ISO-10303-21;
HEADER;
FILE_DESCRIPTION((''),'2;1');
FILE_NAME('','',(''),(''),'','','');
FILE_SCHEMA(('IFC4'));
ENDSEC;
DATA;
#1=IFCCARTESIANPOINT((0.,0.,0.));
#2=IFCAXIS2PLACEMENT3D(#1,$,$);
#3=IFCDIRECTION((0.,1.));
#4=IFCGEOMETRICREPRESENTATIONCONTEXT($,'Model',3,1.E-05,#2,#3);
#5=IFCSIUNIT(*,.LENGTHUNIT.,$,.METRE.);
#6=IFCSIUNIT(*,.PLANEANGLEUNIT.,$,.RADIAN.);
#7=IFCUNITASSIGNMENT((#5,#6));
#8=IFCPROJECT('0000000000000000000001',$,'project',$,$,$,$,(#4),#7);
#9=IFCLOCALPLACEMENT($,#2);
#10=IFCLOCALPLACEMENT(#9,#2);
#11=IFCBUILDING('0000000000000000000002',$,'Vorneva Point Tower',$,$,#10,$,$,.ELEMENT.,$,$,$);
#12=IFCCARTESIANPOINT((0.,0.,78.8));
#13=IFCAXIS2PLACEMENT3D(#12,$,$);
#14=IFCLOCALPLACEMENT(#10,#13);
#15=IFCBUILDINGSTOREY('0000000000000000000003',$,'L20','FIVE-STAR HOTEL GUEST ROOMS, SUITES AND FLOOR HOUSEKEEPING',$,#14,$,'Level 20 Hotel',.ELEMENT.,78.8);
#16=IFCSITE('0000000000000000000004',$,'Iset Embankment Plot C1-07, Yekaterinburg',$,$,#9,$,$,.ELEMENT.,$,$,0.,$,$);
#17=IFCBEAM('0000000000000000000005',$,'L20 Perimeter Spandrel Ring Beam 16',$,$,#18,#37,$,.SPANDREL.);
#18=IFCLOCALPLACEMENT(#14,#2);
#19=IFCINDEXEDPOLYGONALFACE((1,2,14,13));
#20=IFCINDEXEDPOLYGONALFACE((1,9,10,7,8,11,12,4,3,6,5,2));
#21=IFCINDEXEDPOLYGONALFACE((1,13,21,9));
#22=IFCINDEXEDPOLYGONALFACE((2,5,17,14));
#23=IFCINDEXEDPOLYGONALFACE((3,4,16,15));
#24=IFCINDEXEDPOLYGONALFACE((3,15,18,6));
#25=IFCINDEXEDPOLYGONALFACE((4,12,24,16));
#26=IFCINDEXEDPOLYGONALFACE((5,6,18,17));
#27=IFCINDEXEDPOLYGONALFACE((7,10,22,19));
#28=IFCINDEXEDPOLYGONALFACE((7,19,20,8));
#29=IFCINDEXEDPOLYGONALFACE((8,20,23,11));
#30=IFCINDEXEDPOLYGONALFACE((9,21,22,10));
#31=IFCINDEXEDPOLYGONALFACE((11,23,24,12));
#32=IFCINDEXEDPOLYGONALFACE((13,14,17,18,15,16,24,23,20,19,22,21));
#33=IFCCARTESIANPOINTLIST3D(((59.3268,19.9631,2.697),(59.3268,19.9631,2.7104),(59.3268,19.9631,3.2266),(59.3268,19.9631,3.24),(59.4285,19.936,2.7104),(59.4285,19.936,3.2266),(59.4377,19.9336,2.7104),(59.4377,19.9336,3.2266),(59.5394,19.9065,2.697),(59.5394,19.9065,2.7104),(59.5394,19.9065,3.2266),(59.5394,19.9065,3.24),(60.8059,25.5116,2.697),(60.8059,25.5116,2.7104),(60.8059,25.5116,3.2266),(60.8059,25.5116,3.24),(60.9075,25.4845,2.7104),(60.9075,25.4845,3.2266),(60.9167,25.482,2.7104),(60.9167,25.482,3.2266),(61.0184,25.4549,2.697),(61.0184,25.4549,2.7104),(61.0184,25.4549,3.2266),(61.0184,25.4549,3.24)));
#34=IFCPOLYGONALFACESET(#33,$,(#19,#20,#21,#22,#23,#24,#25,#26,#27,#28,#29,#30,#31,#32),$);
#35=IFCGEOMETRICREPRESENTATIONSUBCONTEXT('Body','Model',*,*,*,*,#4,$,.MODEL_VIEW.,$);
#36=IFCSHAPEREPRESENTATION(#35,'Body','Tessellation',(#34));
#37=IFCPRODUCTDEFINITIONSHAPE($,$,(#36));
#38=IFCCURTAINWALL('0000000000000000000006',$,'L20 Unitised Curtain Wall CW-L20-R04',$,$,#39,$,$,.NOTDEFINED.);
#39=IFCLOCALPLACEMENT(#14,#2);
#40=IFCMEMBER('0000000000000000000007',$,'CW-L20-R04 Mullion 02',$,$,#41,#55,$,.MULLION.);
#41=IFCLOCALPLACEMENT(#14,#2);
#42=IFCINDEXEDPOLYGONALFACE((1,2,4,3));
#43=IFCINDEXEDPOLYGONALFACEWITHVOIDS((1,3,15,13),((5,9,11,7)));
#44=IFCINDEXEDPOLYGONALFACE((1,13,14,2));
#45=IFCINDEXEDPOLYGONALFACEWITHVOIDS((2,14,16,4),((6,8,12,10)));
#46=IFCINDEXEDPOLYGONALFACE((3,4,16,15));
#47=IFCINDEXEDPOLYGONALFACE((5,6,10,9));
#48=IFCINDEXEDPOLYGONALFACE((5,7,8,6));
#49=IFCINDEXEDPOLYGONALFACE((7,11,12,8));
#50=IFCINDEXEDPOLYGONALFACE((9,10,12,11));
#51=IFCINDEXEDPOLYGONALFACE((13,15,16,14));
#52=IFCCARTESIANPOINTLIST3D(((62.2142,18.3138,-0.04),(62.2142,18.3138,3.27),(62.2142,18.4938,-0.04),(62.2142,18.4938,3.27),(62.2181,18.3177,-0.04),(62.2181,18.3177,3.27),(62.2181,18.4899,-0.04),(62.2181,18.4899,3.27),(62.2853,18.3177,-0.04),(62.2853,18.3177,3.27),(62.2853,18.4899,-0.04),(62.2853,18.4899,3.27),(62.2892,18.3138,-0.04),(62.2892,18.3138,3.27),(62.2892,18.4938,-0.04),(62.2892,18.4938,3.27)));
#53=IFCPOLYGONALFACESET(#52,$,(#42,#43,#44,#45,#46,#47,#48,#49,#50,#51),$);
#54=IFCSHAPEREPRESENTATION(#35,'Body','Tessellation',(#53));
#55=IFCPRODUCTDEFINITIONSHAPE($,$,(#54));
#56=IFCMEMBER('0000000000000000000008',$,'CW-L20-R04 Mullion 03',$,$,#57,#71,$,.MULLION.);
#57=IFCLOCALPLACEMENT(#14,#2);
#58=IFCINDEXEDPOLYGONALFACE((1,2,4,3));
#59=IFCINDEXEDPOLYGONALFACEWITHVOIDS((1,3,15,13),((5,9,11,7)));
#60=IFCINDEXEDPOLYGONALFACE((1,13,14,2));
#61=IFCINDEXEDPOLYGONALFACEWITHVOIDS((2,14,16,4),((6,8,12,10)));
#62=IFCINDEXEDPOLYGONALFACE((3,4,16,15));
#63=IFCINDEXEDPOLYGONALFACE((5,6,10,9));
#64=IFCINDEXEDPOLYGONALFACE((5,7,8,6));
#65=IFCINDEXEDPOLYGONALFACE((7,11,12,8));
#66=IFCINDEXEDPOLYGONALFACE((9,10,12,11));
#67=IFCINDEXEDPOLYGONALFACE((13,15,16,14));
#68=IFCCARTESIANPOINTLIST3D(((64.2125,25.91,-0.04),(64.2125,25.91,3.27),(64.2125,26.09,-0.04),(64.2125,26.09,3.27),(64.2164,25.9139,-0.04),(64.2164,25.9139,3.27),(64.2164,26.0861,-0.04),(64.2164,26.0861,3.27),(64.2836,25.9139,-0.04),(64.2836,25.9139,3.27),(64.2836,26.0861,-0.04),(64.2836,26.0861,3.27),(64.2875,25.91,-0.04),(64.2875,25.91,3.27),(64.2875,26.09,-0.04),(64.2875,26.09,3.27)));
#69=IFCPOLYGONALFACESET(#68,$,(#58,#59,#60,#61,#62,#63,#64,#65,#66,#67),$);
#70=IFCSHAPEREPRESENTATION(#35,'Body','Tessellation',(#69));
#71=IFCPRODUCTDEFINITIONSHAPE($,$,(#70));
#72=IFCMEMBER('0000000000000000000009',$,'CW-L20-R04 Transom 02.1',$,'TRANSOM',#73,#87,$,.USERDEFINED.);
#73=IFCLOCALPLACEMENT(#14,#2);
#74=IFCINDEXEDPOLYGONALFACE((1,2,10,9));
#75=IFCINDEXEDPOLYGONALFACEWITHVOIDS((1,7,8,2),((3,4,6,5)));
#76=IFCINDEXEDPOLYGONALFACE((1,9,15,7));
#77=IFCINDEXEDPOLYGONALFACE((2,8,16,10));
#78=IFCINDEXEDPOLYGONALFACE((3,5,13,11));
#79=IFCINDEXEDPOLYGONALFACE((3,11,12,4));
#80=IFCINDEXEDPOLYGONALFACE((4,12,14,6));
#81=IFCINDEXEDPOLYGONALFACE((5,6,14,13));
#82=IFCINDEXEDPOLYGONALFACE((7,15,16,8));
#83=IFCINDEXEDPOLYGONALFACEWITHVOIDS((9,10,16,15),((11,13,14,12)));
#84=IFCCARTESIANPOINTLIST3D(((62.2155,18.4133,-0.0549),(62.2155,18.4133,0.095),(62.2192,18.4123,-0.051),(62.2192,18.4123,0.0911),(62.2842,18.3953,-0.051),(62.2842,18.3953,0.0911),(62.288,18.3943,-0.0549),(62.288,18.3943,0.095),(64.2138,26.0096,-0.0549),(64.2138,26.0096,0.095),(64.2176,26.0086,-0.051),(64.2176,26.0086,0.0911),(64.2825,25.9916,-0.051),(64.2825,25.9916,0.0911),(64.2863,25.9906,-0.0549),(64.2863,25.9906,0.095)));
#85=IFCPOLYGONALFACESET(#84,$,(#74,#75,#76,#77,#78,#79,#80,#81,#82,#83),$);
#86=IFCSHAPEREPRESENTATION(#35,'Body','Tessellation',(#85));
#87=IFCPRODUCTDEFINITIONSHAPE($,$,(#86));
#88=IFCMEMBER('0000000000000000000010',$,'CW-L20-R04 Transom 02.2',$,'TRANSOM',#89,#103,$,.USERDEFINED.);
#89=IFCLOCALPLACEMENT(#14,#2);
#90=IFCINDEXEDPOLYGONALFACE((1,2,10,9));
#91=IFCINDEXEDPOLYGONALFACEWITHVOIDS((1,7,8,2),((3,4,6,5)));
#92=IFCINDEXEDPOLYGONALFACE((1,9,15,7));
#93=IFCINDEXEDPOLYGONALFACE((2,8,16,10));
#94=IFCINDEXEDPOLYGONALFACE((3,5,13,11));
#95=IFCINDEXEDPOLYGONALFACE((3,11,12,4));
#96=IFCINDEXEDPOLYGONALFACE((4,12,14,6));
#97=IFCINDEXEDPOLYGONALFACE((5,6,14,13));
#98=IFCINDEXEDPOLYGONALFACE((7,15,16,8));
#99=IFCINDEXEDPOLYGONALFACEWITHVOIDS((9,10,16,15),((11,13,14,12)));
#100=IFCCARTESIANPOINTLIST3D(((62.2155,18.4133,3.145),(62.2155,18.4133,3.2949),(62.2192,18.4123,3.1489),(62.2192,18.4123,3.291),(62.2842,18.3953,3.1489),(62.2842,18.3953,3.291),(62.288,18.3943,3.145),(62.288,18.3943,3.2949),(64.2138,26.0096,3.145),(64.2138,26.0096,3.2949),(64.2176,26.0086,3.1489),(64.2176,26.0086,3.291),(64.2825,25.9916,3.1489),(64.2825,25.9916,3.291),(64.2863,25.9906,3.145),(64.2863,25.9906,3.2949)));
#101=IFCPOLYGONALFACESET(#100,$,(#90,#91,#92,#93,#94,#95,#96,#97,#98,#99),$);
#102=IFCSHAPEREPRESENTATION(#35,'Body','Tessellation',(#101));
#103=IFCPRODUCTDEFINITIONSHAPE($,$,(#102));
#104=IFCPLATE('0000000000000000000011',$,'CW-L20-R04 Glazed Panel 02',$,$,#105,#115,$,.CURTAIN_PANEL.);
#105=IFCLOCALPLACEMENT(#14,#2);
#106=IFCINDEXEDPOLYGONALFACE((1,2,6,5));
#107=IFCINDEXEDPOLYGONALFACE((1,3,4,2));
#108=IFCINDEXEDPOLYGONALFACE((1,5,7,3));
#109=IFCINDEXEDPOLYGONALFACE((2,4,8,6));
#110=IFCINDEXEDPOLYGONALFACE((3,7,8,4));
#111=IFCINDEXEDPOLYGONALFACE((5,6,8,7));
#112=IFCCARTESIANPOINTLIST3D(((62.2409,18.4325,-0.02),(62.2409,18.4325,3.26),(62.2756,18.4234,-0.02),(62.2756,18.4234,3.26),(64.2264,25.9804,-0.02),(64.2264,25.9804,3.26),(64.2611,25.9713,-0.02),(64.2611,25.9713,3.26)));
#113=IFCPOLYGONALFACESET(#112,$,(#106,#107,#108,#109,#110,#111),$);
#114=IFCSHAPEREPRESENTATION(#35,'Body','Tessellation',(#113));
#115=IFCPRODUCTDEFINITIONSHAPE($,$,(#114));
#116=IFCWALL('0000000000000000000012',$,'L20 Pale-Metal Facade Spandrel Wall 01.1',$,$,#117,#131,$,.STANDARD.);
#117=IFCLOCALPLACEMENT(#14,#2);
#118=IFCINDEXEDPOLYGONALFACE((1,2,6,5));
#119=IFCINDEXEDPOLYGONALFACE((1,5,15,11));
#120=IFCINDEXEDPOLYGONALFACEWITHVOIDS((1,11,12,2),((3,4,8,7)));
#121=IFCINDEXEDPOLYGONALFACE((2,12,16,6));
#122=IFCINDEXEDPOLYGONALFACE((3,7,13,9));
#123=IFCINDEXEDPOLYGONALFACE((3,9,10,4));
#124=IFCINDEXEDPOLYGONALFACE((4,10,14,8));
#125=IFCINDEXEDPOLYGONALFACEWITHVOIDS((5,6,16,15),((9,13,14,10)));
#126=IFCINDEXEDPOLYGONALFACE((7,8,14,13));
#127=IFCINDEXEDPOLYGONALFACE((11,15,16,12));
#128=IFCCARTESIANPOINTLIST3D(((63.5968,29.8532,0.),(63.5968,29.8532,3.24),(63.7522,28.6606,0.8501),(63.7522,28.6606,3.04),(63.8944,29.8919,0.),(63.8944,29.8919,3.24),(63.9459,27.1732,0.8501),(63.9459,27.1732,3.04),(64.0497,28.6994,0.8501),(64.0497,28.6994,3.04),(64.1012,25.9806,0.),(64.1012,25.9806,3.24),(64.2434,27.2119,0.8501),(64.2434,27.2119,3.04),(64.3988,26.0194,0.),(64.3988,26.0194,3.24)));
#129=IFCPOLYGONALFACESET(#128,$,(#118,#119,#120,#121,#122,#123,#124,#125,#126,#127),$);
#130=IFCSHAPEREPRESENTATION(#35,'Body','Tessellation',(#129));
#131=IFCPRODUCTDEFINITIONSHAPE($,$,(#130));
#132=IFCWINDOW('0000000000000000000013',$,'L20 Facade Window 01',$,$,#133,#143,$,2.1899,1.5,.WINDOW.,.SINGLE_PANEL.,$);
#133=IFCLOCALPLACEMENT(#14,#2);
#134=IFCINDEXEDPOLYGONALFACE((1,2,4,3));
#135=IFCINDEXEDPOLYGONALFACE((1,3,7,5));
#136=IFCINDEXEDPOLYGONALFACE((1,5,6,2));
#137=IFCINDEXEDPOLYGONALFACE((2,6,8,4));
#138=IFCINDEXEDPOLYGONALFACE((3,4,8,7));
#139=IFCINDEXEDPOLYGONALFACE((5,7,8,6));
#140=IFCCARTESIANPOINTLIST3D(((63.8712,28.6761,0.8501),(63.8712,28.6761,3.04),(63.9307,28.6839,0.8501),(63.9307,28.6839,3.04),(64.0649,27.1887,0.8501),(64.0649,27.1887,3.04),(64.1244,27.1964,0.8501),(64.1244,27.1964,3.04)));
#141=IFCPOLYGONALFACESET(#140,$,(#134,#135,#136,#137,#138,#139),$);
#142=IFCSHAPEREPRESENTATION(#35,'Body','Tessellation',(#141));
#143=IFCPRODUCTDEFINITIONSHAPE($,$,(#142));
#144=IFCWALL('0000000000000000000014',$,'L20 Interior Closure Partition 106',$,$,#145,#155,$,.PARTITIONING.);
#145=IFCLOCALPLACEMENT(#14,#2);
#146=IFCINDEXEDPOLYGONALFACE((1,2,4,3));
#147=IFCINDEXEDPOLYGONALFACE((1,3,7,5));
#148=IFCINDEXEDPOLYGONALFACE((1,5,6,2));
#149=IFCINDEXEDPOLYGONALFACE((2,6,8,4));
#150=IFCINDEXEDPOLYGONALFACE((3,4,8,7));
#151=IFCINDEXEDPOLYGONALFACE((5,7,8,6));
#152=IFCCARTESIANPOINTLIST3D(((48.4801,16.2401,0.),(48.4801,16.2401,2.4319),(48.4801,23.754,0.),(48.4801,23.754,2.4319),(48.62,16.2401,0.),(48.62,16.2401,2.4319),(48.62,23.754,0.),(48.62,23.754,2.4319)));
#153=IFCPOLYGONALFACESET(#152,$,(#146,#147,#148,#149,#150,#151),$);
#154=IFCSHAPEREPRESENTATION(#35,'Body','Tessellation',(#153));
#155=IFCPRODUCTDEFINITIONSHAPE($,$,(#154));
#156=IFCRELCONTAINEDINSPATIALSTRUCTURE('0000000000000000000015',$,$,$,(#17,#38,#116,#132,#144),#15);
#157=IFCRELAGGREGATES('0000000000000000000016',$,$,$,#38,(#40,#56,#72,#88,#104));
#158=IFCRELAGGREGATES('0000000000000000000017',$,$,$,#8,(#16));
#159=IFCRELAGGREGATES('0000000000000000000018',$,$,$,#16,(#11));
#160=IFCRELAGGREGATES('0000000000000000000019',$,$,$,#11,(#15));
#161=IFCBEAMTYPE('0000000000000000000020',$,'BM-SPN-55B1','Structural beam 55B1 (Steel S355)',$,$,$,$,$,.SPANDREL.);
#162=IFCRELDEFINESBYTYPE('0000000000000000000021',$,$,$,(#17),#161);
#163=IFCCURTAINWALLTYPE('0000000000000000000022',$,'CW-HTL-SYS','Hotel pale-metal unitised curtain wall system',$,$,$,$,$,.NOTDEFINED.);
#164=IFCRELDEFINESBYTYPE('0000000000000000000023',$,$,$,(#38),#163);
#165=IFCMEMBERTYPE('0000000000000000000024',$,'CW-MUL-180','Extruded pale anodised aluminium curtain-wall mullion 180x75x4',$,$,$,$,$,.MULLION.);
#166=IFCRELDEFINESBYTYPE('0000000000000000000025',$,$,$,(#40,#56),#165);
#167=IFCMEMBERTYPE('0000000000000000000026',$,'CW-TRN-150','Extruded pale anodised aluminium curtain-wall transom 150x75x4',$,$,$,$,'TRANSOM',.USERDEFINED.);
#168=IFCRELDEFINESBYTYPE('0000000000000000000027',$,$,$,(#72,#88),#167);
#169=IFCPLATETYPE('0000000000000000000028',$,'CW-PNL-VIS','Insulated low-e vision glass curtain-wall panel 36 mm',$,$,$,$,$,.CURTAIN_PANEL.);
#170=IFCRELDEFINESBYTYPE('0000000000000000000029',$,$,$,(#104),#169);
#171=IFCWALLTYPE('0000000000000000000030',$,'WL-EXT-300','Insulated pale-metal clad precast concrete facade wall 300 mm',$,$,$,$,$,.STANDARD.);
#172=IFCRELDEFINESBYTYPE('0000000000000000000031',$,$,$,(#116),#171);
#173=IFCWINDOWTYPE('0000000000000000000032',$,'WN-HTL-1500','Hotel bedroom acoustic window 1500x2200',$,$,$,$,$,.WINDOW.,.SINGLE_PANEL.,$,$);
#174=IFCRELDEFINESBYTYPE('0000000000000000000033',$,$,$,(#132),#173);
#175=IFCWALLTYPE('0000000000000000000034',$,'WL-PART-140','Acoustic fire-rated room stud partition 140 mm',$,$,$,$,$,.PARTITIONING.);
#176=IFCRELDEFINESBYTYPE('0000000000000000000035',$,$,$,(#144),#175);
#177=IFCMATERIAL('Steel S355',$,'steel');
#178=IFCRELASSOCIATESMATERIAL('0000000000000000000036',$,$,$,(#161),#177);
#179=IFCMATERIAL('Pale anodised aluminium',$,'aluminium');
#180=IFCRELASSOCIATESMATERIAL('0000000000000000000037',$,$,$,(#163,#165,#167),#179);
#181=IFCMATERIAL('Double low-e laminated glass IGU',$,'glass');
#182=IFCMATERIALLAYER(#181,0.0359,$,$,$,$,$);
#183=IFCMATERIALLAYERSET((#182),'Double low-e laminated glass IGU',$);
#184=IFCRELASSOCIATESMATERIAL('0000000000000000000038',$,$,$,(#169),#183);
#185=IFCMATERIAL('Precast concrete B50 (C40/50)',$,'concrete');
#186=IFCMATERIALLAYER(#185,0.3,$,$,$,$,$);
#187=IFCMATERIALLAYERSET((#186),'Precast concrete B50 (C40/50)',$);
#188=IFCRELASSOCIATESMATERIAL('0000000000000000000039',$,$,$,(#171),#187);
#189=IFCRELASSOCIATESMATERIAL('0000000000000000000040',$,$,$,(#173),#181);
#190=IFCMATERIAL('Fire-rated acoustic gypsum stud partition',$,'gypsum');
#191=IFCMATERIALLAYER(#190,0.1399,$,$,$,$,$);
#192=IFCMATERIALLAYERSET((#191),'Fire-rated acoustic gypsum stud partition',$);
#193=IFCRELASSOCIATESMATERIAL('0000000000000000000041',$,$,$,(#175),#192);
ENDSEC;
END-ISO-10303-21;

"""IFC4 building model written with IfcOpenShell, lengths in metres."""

from ifc_helpers import new_model, si_unit, direction, frame, frame_2d, origin, origin_2d, place, context, subcontext, project, spatial, rectangle, hollow_rectangle, i_section, extrude, material, layer, layer_set, material_profile, profile_set, type_object, element, fill, aggregate, save


model = new_model("IFC4")

# Units and contexts
model_context = context("Model", 3, precision=1e-05, world=origin(), true_north=direction((0.0, 1.0)))
body_context = subcontext(model_context, "Body", "Model", "MODEL_VIEW")
ifc_project = project(units=[si_unit("LENGTHUNIT", "METRE"), si_unit("PLANEANGLEUNIT", "RADIAN")], contexts=[model_context])

# Site, building, storey
site_placement = place(None, origin())
site = spatial("IfcSite", under=ifc_project, at=site_placement, Name="Iset Embankment Plot C1-07, Yekaterinburg", CompositionType="ELEMENT", RefElevation=0.0)
building_placement = place(site_placement, origin())
building = spatial("IfcBuilding", under=site, at=building_placement, Name="Vorneva Point Tower", CompositionType="ELEMENT")
storey_placement = place(building_placement, frame((0.0, 0.0, 78.8)))
storey = spatial("IfcBuildingStorey", under=building, at=storey_placement, Name="L20", Description="FIVE-STAR HOTEL GUEST ROOMS, SUITES AND FLOOR HOUSEKEEPING", LongName="Level 20 Hotel", CompositionType="ELEMENT", Elevation=78.8)

# Beam
ifc_material_1 = material(Name="Steel S355", Category="steel")
ifc_material_profile_1 = material_profile(ifc_material_1, i_section(OverallWidth=0.22, OverallDepth=0.543, WebThickness=0.0095, FlangeThickness=0.0134, at=origin_2d()), Name="55B1")
ifc_profile_set_1 = profile_set([ifc_material_profile_1], Name="Steel S355")
beam_type_1 = type_object("IfcBeamType", Name="BM-SPN-55B1", Description="Structural beam 55B1 (Steel S355)", PredefinedType="SPANDREL", material=ifc_profile_set_1)
for number, where, z_axis, x_axis, name in (
    (1, (59.4331, 19.9348, 2.9685), (0.257573, 0.966259, 0.0), (-0.966259, 0.257573, 0.0), "L20 Perimeter Spandrel Ring Beam 16"),
):
    element("IfcBeam", number, at=place(storey_placement, frame(where, z_axis=z_axis, x_axis=x_axis)), inside=storey, type_object=beam_type_1, Name=name, PredefinedType="SPANDREL", context=body_context, shape_type="SweptSolid", body=[
        extrude(i_section(OverallWidth=0.22, OverallDepth=0.543, WebThickness=0.0095, FlangeThickness=0.0134, at=origin_2d()), origin(), (0.0, 0.0, 1.0), 5.7422),
    ])

# Curtain wall, members, plate
ifc_material_2 = material(Name="Pale anodised aluminium", Category="aluminium")
curtain_wall_type = type_object("IfcCurtainWallType", Name="CW-HTL-SYS", Description="Hotel pale-metal unitised curtain wall system", PredefinedType="NOTDEFINED", material=ifc_material_2)
curtain_wall_placement = place(storey_placement, origin())
curtain_wall = element("IfcCurtainWall", 2, at=curtain_wall_placement, inside=storey, type_object=curtain_wall_type, Name="L20 Unitised Curtain Wall CW-L20-R04", PredefinedType="NOTDEFINED")
ifc_material_profile_2 = material_profile(ifc_material_2, hollow_rectangle(XDim=0.075, YDim=0.1799, WallThickness=0.0039, at=origin_2d()), Name="AL-MUL 180x75x4")
ifc_profile_set_2 = profile_set([ifc_material_profile_2], Name="Pale anodised aluminium")
member_type_1 = type_object("IfcMemberType", Name="CW-MUL-180", Description="Extruded pale anodised aluminium curtain-wall mullion 180x75x4", PredefinedType="MULLION", material=ifc_profile_set_2)
member_1_placement = place(storey_placement, frame((62.2517, 18.4038, -0.04), z_axis=(0.0, 0.0, 1.0), x_axis=(1.0, 0.0, 0.0)))
member_1 = element("IfcMember", 3, at=member_1_placement, type_object=member_type_1, Name="CW-L20-R04 Mullion 02", PredefinedType="MULLION", context=body_context, shape_type="SweptSolid", body=[
    extrude(hollow_rectangle(XDim=0.075, YDim=0.1799, WallThickness=0.0039, at=origin_2d()), origin(), (0.0, 0.0, 1.0), 3.3101),
])
member_2_placement = place(storey_placement, frame((64.25, 26.0, -0.04), z_axis=(0.0, 0.0, 1.0), x_axis=(1.0, 0.0, 0.0)))
member_2 = element("IfcMember", 4, at=member_2_placement, type_object=member_type_1, Name="CW-L20-R04 Mullion 03", PredefinedType="MULLION", context=body_context, shape_type="SweptSolid", body=[
    extrude(hollow_rectangle(XDim=0.075, YDim=0.1799, WallThickness=0.0039, at=origin_2d()), origin(), (0.0, 0.0, 1.0), 3.3101),
])
ifc_material_profile_3 = material_profile(ifc_material_2, hollow_rectangle(XDim=0.075, YDim=0.1499, WallThickness=0.0039, at=origin_2d()), Name="AL-TRN 150x75x4")
ifc_profile_set_3 = profile_set([ifc_material_profile_3], Name="Pale anodised aluminium")
member_type_2 = type_object("IfcMemberType", Name="CW-TRN-150", Description="Extruded pale anodised aluminium curtain-wall transom 150x75x4", ElementType="TRANSOM", PredefinedType="USERDEFINED", material=ifc_profile_set_3)
member_3_placement = place(storey_placement, frame((62.2517, 18.4038, 0.02), z_axis=(0.254409, 0.967097, 0.0), x_axis=(-0.967097, 0.254409, 0.0)))
member_3 = element("IfcMember", 5, at=member_3_placement, type_object=member_type_2, Name="CW-L20-R04 Transom 02.1", ObjectType="TRANSOM", PredefinedType="USERDEFINED", context=body_context, shape_type="SweptSolid", body=[
    extrude(hollow_rectangle(XDim=0.075, YDim=0.1499, WallThickness=0.0039, at=origin_2d()), origin(), (0.0, 0.0, 1.0), 7.8547),
])
member_4_placement = place(storey_placement, frame((62.2517, 18.4038, 3.22), z_axis=(0.254409, 0.967097, 0.0), x_axis=(-0.967097, 0.254409, 0.0)))
member_4 = element("IfcMember", 6, at=member_4_placement, type_object=member_type_2, Name="CW-L20-R04 Transom 02.2", ObjectType="TRANSOM", PredefinedType="USERDEFINED", context=body_context, shape_type="SweptSolid", body=[
    extrude(hollow_rectangle(XDim=0.075, YDim=0.1499, WallThickness=0.0039, at=origin_2d()), origin(), (0.0, 0.0, 1.0), 7.8547),
])
ifc_material_3 = material(Name="Double low-e laminated glass IGU", Category="glass")
ifc_layer_1 = layer(ifc_material_3, 0.0359)
ifc_layer_set_1 = layer_set([ifc_layer_1], Name="Double low-e laminated glass IGU")
plate_type = type_object("IfcPlateType", Name="CW-PNL-VIS", Description="Insulated low-e vision glass curtain-wall panel 36 mm", PredefinedType="CURTAIN_PANEL", material=ifc_layer_set_1)
plate_placement = place(storey_placement, frame((63.251, 22.2019, -0.02), z_axis=(0.0, 0.0, 1.0), x_axis=(0.254399, 0.967099, 0.0)))
plate = element("IfcPlate", 7, at=plate_placement, type_object=plate_type, Name="CW-L20-R04 Glazed Panel 02", PredefinedType="CURTAIN_PANEL", context=body_context, shape_type="SweptSolid", body=[
    extrude(rectangle(XDim=7.8047, YDim=0.0359, at=origin_2d()), origin(), (0.0, 0.0, 1.0), 3.28),
])
aggregate(curtain_wall, [member_1, member_2, member_3, member_4, plate])

# Wall, opening, window
ifc_material_4 = material(Name="Precast concrete B50 (C40/50)", Category="concrete")
ifc_layer_2 = layer(ifc_material_4, 0.3)
ifc_layer_set_2 = layer_set([ifc_layer_2], Name="Precast concrete B50 (C40/50)")
wall_type_1 = type_object("IfcWallType", Name="WL-EXT-300", Description="Insulated pale-metal clad precast concrete facade wall 300 mm", PredefinedType="STANDARD", material=ifc_layer_set_2)
wall_1_placement = place(storey_placement, frame((64.25, 26.0, 0.0), z_axis=(0.0, 0.0, 1.0), x_axis=(-0.129157, 0.991624, 0.0)))
wall_1 = element("IfcWall", 8, at=wall_1_placement, inside=storey, type_object=wall_type_1, Name="L20 Pale-Metal Facade Spandrel Wall 01.1", PredefinedType="STANDARD", context=body_context, shape_type="SweptSolid", body=[
    extrude(rectangle(XDim=3.9053, YDim=0.3, at=frame_2d((1.9526, 0.0))), origin(), (0.0, 0.0, 1.0), 3.24),
])
opening_1_placement = place(wall_1_placement, frame((1.2026, 0.0, 0.8501)))
opening_1 = element("IfcOpeningElement", 9, at=opening_1_placement, cuts=wall_1, PredefinedType="OPENING", context=body_context, shape_type="SweptSolid", body=[
    extrude(rectangle(XDim=1.5, YDim=2.1899, at=frame_2d((0.75, 1.095))), frame((0.0, 0.165, 0.0), z_axis=(0.0, -1.0, 0.0), x_axis=(1.0, 0.0, 0.0)), (0.0, 0.0, 1.0), 0.3298),
])
window_type = type_object("IfcWindowType", Name="WN-HTL-1500", Description="Hotel bedroom acoustic window 1500x2200", PartitioningType="SINGLE_PANEL", PredefinedType="WINDOW", material=ifc_material_3)
window_placement = place(opening_1_placement, origin())
window = element("IfcWindow", 10, at=window_placement, inside=storey, type_object=window_type, Name="L20 Facade Window 01", OverallHeight=2.1899, OverallWidth=1.5, PartitioningType="SINGLE_PANEL", PredefinedType="WINDOW", context=body_context, shape_type="SweptSolid", body=[
    extrude(rectangle(XDim=1.5, YDim=2.1899, at=frame_2d((0.75, 1.095))), frame((0.0, 0.03, 0.0), z_axis=(0.0, -1.0, 0.0), x_axis=(1.0, 0.0, 0.0)), (0.0, 0.0, 1.0), 0.0601),
])
fill(opening_1, window)

# Wall
ifc_material_5 = material(Name="Fire-rated acoustic gypsum stud partition", Category="gypsum")
ifc_layer_3 = layer(ifc_material_5, 0.1399)
ifc_layer_set_3 = layer_set([ifc_layer_3], Name="Fire-rated acoustic gypsum stud partition")
wall_type_2 = type_object("IfcWallType", Name="WL-PART-140", Description="Acoustic fire-rated room stud partition 140 mm", PredefinedType="PARTITIONING", material=ifc_layer_set_3)
wall_2_placement = place(storey_placement, frame((48.55, 23.7539, 0.0), z_axis=(0.0, 0.0, 1.0), x_axis=(0.0, -1.0, 0.0)))
element("IfcWall", 11, at=wall_2_placement, inside=storey, type_object=wall_type_2, Name="L20 Interior Closure Partition 106", PredefinedType="PARTITIONING", context=body_context, shape_type="SweptSolid", body=[
    extrude(rectangle(XDim=7.5139, YDim=0.1399, at=frame_2d((3.7568, 0.0))), origin(), (0.0, 0.0, 1.0), 2.4319),
])

save(model, "model.ifc")
